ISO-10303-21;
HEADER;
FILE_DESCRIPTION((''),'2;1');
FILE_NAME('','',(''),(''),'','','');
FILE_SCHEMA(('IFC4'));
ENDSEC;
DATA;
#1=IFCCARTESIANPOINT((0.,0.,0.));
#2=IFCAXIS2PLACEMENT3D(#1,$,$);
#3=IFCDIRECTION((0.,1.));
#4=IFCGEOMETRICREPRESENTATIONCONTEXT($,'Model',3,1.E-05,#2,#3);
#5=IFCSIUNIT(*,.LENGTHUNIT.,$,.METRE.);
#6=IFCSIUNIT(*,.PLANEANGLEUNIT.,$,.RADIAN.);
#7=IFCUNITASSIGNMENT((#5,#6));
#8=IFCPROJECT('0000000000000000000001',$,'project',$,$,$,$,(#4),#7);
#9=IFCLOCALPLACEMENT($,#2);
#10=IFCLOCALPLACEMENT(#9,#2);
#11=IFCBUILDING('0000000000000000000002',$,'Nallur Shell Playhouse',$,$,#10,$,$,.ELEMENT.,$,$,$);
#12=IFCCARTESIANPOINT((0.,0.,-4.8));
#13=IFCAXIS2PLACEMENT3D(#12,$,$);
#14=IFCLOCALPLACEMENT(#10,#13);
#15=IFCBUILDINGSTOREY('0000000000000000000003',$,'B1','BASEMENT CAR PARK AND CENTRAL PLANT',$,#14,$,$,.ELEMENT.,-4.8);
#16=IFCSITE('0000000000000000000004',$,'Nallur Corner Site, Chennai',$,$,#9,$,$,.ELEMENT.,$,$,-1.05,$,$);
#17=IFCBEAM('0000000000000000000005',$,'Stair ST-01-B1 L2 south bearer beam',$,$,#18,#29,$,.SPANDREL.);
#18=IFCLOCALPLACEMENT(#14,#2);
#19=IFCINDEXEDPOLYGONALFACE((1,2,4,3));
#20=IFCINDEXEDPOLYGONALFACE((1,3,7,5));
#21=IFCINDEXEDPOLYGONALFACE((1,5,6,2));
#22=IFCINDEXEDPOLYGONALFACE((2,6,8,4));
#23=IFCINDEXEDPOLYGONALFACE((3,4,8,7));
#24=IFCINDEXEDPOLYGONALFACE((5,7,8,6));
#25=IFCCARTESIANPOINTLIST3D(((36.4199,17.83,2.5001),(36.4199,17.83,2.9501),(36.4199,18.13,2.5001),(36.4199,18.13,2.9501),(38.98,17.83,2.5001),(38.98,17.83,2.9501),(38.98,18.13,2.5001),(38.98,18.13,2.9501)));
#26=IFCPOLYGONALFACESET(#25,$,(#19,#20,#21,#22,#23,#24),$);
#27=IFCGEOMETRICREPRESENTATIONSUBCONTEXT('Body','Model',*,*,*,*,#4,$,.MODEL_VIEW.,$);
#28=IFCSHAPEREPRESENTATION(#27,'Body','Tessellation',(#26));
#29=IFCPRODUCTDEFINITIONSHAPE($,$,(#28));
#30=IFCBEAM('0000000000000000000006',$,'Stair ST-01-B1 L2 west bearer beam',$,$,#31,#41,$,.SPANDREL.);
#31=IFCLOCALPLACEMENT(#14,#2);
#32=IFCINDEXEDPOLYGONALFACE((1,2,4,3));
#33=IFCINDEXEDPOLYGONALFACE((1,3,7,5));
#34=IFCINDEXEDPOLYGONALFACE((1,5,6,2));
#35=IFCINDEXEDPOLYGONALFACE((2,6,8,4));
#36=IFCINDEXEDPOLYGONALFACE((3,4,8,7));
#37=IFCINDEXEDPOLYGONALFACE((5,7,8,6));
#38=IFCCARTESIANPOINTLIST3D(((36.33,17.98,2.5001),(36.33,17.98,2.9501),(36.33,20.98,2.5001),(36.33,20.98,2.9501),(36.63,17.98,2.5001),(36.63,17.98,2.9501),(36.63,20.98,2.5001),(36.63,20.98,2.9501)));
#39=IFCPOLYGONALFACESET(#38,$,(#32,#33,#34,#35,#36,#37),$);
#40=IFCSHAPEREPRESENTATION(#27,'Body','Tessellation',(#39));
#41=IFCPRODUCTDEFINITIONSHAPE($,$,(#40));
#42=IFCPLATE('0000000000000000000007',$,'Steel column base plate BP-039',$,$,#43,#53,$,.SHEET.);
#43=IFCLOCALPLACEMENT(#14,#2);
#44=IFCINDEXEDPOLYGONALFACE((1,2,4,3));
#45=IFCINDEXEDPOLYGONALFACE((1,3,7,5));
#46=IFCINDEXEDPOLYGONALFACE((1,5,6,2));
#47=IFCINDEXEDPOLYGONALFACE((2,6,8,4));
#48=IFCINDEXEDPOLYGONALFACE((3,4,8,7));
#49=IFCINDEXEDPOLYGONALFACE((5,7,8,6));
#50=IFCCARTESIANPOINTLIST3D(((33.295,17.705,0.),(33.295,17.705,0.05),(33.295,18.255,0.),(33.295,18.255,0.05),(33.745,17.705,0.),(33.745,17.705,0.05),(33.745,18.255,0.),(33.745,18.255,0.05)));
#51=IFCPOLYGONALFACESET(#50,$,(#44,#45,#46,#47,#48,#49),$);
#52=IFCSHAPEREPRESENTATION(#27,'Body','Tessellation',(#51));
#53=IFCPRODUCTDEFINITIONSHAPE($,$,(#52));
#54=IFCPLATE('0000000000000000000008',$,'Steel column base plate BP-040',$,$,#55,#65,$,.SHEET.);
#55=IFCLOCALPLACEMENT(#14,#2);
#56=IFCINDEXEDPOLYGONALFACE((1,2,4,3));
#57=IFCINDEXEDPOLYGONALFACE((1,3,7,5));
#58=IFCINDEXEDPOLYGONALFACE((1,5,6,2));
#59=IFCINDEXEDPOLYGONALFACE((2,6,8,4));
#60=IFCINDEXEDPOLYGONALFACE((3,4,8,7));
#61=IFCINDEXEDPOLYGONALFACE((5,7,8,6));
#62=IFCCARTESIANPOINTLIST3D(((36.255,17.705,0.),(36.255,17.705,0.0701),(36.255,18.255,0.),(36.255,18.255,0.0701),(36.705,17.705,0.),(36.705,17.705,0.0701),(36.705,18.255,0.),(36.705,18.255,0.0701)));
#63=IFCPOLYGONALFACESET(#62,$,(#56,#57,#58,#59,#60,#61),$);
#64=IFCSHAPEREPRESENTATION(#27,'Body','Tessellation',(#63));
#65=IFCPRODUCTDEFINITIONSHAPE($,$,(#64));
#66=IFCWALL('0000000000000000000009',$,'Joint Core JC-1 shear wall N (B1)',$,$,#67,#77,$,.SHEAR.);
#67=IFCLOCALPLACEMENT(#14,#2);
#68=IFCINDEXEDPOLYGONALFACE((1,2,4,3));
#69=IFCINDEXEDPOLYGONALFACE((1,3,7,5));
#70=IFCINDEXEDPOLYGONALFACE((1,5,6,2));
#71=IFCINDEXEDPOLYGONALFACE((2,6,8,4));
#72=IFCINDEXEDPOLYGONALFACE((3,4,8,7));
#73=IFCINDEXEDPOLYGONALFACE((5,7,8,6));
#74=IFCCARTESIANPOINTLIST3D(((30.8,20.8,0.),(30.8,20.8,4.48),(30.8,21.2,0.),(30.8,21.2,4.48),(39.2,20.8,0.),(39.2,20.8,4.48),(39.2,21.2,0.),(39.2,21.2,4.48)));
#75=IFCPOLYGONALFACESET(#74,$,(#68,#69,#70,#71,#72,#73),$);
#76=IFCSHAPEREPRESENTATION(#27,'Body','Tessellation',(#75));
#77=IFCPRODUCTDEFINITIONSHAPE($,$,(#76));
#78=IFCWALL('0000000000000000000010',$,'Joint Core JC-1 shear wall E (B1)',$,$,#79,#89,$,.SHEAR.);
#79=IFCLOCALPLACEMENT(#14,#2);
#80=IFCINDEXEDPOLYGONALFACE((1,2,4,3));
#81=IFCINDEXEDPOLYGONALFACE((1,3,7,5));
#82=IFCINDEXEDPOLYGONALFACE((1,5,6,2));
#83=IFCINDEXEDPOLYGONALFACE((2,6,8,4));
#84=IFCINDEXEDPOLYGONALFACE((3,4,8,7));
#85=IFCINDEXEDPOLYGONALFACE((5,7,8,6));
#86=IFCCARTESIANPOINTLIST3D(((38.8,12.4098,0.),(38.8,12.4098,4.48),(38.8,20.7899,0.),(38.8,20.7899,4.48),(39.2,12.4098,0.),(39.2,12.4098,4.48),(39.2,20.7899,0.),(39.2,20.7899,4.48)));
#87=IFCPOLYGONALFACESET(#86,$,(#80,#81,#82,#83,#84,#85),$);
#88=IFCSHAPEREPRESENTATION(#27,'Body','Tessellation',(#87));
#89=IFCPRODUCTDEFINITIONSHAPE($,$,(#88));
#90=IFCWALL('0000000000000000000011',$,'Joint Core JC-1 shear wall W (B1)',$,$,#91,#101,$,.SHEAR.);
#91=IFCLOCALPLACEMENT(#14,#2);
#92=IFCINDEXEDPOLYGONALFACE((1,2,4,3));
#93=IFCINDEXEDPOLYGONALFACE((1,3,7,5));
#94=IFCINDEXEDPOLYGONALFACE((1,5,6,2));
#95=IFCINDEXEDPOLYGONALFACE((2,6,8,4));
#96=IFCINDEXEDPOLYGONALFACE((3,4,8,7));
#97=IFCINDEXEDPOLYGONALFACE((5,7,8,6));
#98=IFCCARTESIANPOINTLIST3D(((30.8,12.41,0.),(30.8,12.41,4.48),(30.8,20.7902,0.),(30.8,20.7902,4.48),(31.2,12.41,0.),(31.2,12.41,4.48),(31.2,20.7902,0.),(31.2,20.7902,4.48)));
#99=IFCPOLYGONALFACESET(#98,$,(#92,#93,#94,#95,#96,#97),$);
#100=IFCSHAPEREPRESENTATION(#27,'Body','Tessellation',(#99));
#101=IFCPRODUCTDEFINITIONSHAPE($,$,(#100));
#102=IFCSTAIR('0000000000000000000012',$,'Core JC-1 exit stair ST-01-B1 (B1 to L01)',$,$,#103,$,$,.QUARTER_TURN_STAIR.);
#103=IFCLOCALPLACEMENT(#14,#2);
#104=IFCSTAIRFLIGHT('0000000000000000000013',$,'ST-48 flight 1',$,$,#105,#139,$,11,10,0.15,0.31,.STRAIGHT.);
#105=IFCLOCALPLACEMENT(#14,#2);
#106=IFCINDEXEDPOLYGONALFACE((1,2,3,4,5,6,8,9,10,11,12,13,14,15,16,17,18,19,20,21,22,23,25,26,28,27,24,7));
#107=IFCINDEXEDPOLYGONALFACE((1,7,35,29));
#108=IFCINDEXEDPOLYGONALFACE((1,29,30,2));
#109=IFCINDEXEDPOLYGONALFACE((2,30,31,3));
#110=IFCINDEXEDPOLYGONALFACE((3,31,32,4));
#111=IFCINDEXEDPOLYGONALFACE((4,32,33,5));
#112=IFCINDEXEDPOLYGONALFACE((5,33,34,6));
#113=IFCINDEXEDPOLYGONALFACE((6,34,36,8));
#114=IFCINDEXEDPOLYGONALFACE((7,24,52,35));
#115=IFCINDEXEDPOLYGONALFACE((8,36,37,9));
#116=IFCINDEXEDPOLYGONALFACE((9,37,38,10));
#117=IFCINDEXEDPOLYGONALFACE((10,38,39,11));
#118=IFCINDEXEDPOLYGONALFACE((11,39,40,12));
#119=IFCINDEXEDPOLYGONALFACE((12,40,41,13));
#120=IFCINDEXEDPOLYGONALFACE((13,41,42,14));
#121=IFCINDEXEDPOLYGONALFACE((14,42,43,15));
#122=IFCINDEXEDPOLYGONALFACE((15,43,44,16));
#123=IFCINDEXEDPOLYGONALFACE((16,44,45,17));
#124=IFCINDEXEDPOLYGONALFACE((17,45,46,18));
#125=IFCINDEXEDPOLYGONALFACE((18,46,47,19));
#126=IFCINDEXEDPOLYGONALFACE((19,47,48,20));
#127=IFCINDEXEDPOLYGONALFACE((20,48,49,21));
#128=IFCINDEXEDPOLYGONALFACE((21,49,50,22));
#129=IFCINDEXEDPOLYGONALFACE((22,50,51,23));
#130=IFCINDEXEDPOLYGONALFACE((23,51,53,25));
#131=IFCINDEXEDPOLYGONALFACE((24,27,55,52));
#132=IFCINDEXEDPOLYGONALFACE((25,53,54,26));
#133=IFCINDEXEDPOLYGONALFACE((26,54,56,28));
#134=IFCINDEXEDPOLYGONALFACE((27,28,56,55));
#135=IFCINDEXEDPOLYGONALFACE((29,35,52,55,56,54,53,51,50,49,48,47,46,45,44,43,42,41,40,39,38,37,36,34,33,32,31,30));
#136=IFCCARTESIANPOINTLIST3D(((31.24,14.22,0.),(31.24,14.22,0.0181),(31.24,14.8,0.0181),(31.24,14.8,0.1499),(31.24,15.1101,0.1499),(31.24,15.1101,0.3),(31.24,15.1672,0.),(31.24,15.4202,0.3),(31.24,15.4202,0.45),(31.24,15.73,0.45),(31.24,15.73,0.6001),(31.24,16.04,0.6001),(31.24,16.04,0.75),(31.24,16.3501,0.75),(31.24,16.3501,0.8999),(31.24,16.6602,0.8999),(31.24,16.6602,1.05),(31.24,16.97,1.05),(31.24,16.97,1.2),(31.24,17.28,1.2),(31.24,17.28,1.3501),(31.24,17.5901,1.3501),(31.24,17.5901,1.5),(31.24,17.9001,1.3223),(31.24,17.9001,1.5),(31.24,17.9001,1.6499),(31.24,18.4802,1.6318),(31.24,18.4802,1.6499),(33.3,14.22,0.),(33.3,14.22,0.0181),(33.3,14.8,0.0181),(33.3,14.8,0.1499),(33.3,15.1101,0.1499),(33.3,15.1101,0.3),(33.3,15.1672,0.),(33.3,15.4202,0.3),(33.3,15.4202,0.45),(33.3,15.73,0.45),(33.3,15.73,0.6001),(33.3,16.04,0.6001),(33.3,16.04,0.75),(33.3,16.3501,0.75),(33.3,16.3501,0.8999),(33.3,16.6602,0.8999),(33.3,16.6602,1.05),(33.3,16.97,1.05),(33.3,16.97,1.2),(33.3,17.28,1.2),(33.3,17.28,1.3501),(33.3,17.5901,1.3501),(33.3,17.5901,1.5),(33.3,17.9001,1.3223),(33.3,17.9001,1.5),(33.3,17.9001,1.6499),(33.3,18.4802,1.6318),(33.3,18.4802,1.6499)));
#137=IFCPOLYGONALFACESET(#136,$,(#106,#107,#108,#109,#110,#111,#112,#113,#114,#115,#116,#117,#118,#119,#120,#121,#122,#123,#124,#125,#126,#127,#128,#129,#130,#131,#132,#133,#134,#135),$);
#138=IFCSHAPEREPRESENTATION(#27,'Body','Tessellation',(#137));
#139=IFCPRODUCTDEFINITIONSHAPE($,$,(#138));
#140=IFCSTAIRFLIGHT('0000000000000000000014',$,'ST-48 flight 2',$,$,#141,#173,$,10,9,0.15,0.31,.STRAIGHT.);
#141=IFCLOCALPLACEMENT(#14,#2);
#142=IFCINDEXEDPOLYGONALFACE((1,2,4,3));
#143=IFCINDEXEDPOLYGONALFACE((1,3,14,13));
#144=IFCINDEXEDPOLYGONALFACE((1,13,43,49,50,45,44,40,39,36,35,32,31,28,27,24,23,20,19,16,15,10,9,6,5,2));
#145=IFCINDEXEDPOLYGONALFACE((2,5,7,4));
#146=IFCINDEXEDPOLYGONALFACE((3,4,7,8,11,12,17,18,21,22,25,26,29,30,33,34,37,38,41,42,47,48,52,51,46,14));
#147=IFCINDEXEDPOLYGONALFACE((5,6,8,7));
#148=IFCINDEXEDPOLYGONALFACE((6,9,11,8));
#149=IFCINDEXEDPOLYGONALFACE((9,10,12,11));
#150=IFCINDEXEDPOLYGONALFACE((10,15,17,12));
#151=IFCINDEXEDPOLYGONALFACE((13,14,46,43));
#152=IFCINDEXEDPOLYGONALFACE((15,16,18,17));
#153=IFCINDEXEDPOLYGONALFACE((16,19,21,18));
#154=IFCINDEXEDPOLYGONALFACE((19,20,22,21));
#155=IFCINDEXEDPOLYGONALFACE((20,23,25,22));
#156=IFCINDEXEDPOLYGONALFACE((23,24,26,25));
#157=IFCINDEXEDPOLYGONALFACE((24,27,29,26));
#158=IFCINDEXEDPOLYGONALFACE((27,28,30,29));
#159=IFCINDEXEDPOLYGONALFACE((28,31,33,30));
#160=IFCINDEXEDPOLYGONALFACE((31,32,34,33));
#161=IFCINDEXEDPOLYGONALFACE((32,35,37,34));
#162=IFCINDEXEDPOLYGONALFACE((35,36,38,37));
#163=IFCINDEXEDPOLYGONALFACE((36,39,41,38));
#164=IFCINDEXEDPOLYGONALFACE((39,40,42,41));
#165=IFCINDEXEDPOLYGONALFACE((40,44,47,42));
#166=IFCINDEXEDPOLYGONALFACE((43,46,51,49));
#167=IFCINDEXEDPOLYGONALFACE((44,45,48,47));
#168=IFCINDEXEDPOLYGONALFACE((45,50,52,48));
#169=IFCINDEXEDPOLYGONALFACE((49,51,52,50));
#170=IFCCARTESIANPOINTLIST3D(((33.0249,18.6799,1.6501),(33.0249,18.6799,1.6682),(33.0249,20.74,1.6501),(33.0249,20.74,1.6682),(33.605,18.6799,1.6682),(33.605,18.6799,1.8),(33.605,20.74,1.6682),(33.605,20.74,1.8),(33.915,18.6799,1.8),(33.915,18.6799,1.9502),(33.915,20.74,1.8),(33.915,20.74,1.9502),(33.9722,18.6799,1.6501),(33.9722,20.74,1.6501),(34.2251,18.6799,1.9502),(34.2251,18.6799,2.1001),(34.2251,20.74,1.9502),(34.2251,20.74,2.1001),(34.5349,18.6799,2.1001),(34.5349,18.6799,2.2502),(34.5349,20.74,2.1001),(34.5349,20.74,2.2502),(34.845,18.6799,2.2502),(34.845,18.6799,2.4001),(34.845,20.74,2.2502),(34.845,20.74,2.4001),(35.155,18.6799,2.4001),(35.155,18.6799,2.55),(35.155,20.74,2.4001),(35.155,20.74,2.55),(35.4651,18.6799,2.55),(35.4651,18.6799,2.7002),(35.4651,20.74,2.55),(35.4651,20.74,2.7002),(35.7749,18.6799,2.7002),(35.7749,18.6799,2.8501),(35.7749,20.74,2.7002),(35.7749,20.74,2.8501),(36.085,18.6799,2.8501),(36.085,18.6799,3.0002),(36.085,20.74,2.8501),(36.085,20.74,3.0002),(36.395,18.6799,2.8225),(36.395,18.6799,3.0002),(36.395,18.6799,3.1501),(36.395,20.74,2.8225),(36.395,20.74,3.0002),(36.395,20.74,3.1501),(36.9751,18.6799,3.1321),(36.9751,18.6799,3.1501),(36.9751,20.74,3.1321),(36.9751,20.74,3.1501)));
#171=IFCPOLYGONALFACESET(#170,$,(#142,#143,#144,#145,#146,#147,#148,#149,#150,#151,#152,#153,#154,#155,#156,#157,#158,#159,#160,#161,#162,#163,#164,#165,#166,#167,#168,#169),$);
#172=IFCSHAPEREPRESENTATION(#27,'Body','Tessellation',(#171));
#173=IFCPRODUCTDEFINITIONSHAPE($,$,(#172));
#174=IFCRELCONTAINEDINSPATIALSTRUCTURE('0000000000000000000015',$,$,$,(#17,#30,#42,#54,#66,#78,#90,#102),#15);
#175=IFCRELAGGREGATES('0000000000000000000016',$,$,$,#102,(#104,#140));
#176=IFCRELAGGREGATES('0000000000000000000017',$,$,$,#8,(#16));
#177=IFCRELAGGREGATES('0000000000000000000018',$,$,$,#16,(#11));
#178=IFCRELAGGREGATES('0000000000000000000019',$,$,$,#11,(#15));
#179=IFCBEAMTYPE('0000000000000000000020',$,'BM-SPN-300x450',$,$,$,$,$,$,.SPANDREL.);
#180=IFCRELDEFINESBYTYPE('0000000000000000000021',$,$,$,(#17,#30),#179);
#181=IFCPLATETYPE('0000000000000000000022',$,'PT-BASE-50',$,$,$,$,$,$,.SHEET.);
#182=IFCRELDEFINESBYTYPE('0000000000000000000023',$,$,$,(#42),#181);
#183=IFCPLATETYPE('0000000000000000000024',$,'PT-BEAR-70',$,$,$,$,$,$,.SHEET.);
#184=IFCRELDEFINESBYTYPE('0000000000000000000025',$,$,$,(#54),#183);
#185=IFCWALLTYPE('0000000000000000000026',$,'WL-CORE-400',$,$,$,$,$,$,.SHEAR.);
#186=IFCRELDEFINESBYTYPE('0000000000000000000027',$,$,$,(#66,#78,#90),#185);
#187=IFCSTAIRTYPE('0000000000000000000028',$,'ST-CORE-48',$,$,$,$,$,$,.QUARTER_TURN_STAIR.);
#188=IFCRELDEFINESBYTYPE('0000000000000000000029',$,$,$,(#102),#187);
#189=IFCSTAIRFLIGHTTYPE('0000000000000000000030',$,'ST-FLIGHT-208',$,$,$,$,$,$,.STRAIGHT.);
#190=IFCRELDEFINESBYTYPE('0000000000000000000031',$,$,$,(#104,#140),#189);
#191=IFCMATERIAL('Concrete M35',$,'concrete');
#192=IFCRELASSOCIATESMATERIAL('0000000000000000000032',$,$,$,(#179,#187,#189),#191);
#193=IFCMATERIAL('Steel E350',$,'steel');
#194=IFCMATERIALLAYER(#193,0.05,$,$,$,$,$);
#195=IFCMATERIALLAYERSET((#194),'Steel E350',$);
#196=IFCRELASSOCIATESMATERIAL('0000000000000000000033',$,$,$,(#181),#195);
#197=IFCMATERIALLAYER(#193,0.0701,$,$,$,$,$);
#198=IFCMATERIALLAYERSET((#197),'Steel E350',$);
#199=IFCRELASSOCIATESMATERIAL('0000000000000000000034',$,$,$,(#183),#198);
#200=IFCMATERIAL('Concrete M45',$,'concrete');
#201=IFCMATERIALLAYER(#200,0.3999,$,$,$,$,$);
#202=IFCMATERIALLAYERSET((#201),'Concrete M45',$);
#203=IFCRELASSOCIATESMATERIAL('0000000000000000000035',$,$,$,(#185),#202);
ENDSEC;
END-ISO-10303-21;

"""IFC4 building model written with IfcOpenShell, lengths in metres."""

from ifc_helpers import new_model, si_unit, direction, frame, frame_2d, origin, origin_2d, place, context, subcontext, project, spatial, polyline, rectangle, outline, extrude, material, layer, layer_set, material_profile, profile_set, type_object, element, aggregate, save


model = new_model("IFC4")

# Units and contexts
model_context = context("Model", 3, precision=1e-05, world=origin(), true_north=direction((0.0, 1.0)))
body_context = subcontext(model_context, "Body", "Model", "MODEL_VIEW")
ifc_project = project(units=[si_unit("LENGTHUNIT", "METRE"), si_unit("PLANEANGLEUNIT", "RADIAN")], contexts=[model_context])

# Site, building, storey
site_placement = place(None, origin())
site = spatial("IfcSite", under=ifc_project, at=site_placement, Name="Nallur Corner Site, Chennai", CompositionType="ELEMENT", RefElevation=-1.05)
building_placement = place(site_placement, origin())
building = spatial("IfcBuilding", under=site, at=building_placement, Name="Nallur Shell Playhouse", CompositionType="ELEMENT")
storey_placement = place(building_placement, frame((0.0, 0.0, -4.8)))
storey = spatial("IfcBuildingStorey", under=building, at=storey_placement, Name="B1", Description="BASEMENT CAR PARK AND CENTRAL PLANT", CompositionType="ELEMENT", Elevation=-4.8)

# Shared definitions
ifc_material_1 = material(Name="Concrete M35", Category="concrete")

# Shared definitions
ifc_material_2 = material(Name="Steel E350", Category="steel")

# Beams
ifc_material_profile_1 = material_profile(ifc_material_1, rectangle(XDim=0.3, YDim=0.45, at=origin_2d()), Name="RC 300x450")
ifc_profile_set_1 = profile_set([ifc_material_profile_1], Name="Concrete M35")
beam_type = type_object("IfcBeamType", Name="BM-SPN-300x450", PredefinedType="SPANDREL", material=ifc_profile_set_1)
beam_1_placement = place(storey_placement, frame((36.4199, 17.98, 2.7251), z_axis=(1.0, 0.0, 0.0), x_axis=(0.0, 1.0, 0.0)))
element("IfcBeam", 1, at=beam_1_placement, inside=storey, type_object=beam_type, Name="Stair ST-01-B1 L2 south bearer beam", PredefinedType="SPANDREL", context=body_context, shape_type="SweptSolid", body=[
    extrude(rectangle(XDim=0.3, YDim=0.45, at=origin_2d()), origin(), (0.0, 0.0, 1.0), 2.5601),
])
beam_2_placement = place(storey_placement, frame((36.48, 17.98, 2.7251), z_axis=(0.0, 1.0, 0.0), x_axis=(-1.0, 0.0, 0.0)))
element("IfcBeam", 2, at=beam_2_placement, inside=storey, type_object=beam_type, Name="Stair ST-01-B1 L2 west bearer beam", PredefinedType="SPANDREL", context=body_context, shape_type="SweptSolid", body=[
    extrude(rectangle(XDim=0.3, YDim=0.45, at=origin_2d()), origin(), (0.0, 0.0, 1.0), 3.0),
])

# Plates
ifc_layer_1 = layer(ifc_material_2, 0.05)
ifc_layer_set_1 = layer_set([ifc_layer_1], Name="Steel E350")
plate_type_1 = type_object("IfcPlateType", Name="PT-BASE-50", PredefinedType="SHEET", material=ifc_layer_set_1)
plate_1_placement = place(storey_placement, frame((33.52, 17.98, 0.0), z_axis=(0.0, 0.0, 1.0), x_axis=(1.0, 0.0, 0.0)))
element("IfcPlate", 3, at=plate_1_placement, inside=storey, type_object=plate_type_1, Name="Steel column base plate BP-039", PredefinedType="SHEET", context=body_context, shape_type="SweptSolid", body=[
    extrude(rectangle(XDim=0.45, YDim=0.55, at=origin_2d()), origin(), (0.0, 0.0, 1.0), 0.05),
])
ifc_layer_2 = layer(ifc_material_2, 0.0701)
ifc_layer_set_2 = layer_set([ifc_layer_2], Name="Steel E350")
plate_type_2 = type_object("IfcPlateType", Name="PT-BEAR-70", PredefinedType="SHEET", material=ifc_layer_set_2)
plate_2_placement = place(storey_placement, frame((36.48, 17.98, 0.0), z_axis=(0.0, 0.0, 1.0), x_axis=(1.0, 0.0, 0.0)))
element("IfcPlate", 4, at=plate_2_placement, inside=storey, type_object=plate_type_2, Name="Steel column base plate BP-040", PredefinedType="SHEET", context=body_context, shape_type="SweptSolid", body=[
    extrude(rectangle(XDim=0.45, YDim=0.55, at=origin_2d()), origin(), (0.0, 0.0, 1.0), 0.0701),
])

# Shared definitions
ifc_material_3 = material(Name="Concrete M45", Category="concrete")
ifc_layer_3 = layer(ifc_material_3, 0.3999)
ifc_layer_set_3 = layer_set([ifc_layer_3], Name="Concrete M45")
wall_type = type_object("IfcWallType", Name="WL-CORE-400", PredefinedType="SHEAR", material=ifc_layer_set_3)

# Walls
wall_1_placement = place(storey_placement, frame((39.2, 21.0, 0.0), z_axis=(0.0, 0.0, 1.0), x_axis=(-1.0, 0.0, 0.0)))
element("IfcWall", 5, at=wall_1_placement, inside=storey, type_object=wall_type, Name="Joint Core JC-1 shear wall N (B1)", PredefinedType="SHEAR", context=body_context, shape_type="SweptSolid", body=[
    extrude(rectangle(XDim=8.3999, YDim=0.3999, at=frame_2d((4.2, 0.0))), origin(), (0.0, 0.0, 1.0), 4.48),
])
for number, where, z_axis, x_axis, name in (
    (6, (39.0, 12.4099, 0.0), (0.0, 0.0, 1.0), (0.0, 1.0, 0.0), "Joint Core JC-1 shear wall E (B1)"),
    (7, (31.0, 20.79, 0.0), (0.0, 0.0, 1.0), (0.0, -1.0, 0.0), "Joint Core JC-1 shear wall W (B1)"),
):
    element("IfcWall", number, at=place(storey_placement, frame(where, z_axis=z_axis, x_axis=x_axis)), inside=storey, type_object=wall_type, Name=name, PredefinedType="SHEAR", context=body_context, shape_type="SweptSolid", body=[
        extrude(rectangle(XDim=8.3801, YDim=0.3999, at=frame_2d((4.1899, 0.0))), origin(), (0.0, 0.0, 1.0), 4.48),
    ])

# Stair, stair flights
stair_type = type_object("IfcStairType", Name="ST-CORE-48", PredefinedType="QUARTER_TURN_STAIR", material=ifc_material_1)
stair_placement = place(storey_placement, origin())
stair = element("IfcStair", 8, at=stair_placement, inside=storey, type_object=stair_type, Name="Core JC-1 exit stair ST-01-B1 (B1 to L01)", PredefinedType="QUARTER_TURN_STAIR")
stair_flight_type = type_object("IfcStairFlightType", Name="ST-FLIGHT-208", PredefinedType="STRAIGHT", material=ifc_material_1)
stair_flight_1_placement = place(storey_placement, frame((32.27, 14.8, 0.0), z_axis=(0.0, 0.0, 1.0), x_axis=(0.0, 1.0, 0.0)))
stair_flight_1 = element("IfcStairFlight", 9, at=stair_flight_1_placement, type_object=stair_flight_type, Name="ST-48 flight 1", NumberOfRisers=11, NumberOfTreads=10, PredefinedType="STRAIGHT", RiserHeight=0.15, TreadLength=0.31, context=body_context, shape_type="SweptSolid", body=[
    extrude(outline(polyline([(-0.5801, 0.0), (-0.5801, 0.0181), (0.0, 0.0181), (0.0, 0.1499), (0.3101, 0.1499), (0.3101, 0.3), (0.6201, 0.3), (0.6201, 0.45), (0.9299, 0.45), (0.9299, 0.6001), (1.24, 0.6001), (1.24, 0.75), (1.55, 0.75), (1.55, 0.8999), (1.8601, 0.8999), (1.8601, 1.05), (2.1699, 1.05), (2.1699, 1.2), (2.48, 1.2), (2.48, 1.3501), (2.79, 1.3501), (2.79, 1.5), (3.1001, 1.5), (3.1001, 1.6499), (3.6802, 1.6499), (3.6802, 1.6318), (3.1001, 1.3223), (0.3672, 0.0), (-0.5801, 0.0)])), frame((0.0, 1.03, 0.0), z_axis=(0.0, -1.0, 0.0), x_axis=(1.0, 0.0, 0.0)), (0.0, 0.0, 1.0), 2.0601),
])
stair_flight_2_placement = place(storey_placement, frame((33.605, 19.71, 1.6501), z_axis=(0.0, 0.0, 1.0), x_axis=(1.0, 0.0, 0.0)))
stair_flight_2 = element("IfcStairFlight", 10, at=stair_flight_2_placement, type_object=stair_flight_type, Name="ST-48 flight 2", NumberOfRisers=10, NumberOfTreads=9, PredefinedType="STRAIGHT", RiserHeight=0.15, TreadLength=0.31, context=body_context, shape_type="SweptSolid", body=[
    extrude(outline(polyline([(-0.5801, 0.0), (-0.5801, 0.0181), (0.0, 0.0181), (0.0, 0.1499), (0.3101, 0.1499), (0.3101, 0.3), (0.6201, 0.3), (0.6201, 0.45), (0.9299, 0.45), (0.9299, 0.6001), (1.24, 0.6001), (1.24, 0.75), (1.55, 0.75), (1.55, 0.8999), (1.8601, 0.8999), (1.8601, 1.05), (2.1699, 1.05), (2.1699, 1.2), (2.48, 1.2), (2.48, 1.3501), (2.79, 1.3501), (2.79, 1.5), (3.3701, 1.5), (3.3701, 1.4819), (2.79, 1.1724), (0.3672, 0.0), (-0.5801, 0.0)])), frame((0.0, 1.03, 0.0), z_axis=(0.0, -1.0, 0.0), x_axis=(1.0, 0.0, 0.0)), (0.0, 0.0, 1.0), 2.0601),
])
aggregate(stair, [stair_flight_1, stair_flight_2])

save(model, "model.ifc")
